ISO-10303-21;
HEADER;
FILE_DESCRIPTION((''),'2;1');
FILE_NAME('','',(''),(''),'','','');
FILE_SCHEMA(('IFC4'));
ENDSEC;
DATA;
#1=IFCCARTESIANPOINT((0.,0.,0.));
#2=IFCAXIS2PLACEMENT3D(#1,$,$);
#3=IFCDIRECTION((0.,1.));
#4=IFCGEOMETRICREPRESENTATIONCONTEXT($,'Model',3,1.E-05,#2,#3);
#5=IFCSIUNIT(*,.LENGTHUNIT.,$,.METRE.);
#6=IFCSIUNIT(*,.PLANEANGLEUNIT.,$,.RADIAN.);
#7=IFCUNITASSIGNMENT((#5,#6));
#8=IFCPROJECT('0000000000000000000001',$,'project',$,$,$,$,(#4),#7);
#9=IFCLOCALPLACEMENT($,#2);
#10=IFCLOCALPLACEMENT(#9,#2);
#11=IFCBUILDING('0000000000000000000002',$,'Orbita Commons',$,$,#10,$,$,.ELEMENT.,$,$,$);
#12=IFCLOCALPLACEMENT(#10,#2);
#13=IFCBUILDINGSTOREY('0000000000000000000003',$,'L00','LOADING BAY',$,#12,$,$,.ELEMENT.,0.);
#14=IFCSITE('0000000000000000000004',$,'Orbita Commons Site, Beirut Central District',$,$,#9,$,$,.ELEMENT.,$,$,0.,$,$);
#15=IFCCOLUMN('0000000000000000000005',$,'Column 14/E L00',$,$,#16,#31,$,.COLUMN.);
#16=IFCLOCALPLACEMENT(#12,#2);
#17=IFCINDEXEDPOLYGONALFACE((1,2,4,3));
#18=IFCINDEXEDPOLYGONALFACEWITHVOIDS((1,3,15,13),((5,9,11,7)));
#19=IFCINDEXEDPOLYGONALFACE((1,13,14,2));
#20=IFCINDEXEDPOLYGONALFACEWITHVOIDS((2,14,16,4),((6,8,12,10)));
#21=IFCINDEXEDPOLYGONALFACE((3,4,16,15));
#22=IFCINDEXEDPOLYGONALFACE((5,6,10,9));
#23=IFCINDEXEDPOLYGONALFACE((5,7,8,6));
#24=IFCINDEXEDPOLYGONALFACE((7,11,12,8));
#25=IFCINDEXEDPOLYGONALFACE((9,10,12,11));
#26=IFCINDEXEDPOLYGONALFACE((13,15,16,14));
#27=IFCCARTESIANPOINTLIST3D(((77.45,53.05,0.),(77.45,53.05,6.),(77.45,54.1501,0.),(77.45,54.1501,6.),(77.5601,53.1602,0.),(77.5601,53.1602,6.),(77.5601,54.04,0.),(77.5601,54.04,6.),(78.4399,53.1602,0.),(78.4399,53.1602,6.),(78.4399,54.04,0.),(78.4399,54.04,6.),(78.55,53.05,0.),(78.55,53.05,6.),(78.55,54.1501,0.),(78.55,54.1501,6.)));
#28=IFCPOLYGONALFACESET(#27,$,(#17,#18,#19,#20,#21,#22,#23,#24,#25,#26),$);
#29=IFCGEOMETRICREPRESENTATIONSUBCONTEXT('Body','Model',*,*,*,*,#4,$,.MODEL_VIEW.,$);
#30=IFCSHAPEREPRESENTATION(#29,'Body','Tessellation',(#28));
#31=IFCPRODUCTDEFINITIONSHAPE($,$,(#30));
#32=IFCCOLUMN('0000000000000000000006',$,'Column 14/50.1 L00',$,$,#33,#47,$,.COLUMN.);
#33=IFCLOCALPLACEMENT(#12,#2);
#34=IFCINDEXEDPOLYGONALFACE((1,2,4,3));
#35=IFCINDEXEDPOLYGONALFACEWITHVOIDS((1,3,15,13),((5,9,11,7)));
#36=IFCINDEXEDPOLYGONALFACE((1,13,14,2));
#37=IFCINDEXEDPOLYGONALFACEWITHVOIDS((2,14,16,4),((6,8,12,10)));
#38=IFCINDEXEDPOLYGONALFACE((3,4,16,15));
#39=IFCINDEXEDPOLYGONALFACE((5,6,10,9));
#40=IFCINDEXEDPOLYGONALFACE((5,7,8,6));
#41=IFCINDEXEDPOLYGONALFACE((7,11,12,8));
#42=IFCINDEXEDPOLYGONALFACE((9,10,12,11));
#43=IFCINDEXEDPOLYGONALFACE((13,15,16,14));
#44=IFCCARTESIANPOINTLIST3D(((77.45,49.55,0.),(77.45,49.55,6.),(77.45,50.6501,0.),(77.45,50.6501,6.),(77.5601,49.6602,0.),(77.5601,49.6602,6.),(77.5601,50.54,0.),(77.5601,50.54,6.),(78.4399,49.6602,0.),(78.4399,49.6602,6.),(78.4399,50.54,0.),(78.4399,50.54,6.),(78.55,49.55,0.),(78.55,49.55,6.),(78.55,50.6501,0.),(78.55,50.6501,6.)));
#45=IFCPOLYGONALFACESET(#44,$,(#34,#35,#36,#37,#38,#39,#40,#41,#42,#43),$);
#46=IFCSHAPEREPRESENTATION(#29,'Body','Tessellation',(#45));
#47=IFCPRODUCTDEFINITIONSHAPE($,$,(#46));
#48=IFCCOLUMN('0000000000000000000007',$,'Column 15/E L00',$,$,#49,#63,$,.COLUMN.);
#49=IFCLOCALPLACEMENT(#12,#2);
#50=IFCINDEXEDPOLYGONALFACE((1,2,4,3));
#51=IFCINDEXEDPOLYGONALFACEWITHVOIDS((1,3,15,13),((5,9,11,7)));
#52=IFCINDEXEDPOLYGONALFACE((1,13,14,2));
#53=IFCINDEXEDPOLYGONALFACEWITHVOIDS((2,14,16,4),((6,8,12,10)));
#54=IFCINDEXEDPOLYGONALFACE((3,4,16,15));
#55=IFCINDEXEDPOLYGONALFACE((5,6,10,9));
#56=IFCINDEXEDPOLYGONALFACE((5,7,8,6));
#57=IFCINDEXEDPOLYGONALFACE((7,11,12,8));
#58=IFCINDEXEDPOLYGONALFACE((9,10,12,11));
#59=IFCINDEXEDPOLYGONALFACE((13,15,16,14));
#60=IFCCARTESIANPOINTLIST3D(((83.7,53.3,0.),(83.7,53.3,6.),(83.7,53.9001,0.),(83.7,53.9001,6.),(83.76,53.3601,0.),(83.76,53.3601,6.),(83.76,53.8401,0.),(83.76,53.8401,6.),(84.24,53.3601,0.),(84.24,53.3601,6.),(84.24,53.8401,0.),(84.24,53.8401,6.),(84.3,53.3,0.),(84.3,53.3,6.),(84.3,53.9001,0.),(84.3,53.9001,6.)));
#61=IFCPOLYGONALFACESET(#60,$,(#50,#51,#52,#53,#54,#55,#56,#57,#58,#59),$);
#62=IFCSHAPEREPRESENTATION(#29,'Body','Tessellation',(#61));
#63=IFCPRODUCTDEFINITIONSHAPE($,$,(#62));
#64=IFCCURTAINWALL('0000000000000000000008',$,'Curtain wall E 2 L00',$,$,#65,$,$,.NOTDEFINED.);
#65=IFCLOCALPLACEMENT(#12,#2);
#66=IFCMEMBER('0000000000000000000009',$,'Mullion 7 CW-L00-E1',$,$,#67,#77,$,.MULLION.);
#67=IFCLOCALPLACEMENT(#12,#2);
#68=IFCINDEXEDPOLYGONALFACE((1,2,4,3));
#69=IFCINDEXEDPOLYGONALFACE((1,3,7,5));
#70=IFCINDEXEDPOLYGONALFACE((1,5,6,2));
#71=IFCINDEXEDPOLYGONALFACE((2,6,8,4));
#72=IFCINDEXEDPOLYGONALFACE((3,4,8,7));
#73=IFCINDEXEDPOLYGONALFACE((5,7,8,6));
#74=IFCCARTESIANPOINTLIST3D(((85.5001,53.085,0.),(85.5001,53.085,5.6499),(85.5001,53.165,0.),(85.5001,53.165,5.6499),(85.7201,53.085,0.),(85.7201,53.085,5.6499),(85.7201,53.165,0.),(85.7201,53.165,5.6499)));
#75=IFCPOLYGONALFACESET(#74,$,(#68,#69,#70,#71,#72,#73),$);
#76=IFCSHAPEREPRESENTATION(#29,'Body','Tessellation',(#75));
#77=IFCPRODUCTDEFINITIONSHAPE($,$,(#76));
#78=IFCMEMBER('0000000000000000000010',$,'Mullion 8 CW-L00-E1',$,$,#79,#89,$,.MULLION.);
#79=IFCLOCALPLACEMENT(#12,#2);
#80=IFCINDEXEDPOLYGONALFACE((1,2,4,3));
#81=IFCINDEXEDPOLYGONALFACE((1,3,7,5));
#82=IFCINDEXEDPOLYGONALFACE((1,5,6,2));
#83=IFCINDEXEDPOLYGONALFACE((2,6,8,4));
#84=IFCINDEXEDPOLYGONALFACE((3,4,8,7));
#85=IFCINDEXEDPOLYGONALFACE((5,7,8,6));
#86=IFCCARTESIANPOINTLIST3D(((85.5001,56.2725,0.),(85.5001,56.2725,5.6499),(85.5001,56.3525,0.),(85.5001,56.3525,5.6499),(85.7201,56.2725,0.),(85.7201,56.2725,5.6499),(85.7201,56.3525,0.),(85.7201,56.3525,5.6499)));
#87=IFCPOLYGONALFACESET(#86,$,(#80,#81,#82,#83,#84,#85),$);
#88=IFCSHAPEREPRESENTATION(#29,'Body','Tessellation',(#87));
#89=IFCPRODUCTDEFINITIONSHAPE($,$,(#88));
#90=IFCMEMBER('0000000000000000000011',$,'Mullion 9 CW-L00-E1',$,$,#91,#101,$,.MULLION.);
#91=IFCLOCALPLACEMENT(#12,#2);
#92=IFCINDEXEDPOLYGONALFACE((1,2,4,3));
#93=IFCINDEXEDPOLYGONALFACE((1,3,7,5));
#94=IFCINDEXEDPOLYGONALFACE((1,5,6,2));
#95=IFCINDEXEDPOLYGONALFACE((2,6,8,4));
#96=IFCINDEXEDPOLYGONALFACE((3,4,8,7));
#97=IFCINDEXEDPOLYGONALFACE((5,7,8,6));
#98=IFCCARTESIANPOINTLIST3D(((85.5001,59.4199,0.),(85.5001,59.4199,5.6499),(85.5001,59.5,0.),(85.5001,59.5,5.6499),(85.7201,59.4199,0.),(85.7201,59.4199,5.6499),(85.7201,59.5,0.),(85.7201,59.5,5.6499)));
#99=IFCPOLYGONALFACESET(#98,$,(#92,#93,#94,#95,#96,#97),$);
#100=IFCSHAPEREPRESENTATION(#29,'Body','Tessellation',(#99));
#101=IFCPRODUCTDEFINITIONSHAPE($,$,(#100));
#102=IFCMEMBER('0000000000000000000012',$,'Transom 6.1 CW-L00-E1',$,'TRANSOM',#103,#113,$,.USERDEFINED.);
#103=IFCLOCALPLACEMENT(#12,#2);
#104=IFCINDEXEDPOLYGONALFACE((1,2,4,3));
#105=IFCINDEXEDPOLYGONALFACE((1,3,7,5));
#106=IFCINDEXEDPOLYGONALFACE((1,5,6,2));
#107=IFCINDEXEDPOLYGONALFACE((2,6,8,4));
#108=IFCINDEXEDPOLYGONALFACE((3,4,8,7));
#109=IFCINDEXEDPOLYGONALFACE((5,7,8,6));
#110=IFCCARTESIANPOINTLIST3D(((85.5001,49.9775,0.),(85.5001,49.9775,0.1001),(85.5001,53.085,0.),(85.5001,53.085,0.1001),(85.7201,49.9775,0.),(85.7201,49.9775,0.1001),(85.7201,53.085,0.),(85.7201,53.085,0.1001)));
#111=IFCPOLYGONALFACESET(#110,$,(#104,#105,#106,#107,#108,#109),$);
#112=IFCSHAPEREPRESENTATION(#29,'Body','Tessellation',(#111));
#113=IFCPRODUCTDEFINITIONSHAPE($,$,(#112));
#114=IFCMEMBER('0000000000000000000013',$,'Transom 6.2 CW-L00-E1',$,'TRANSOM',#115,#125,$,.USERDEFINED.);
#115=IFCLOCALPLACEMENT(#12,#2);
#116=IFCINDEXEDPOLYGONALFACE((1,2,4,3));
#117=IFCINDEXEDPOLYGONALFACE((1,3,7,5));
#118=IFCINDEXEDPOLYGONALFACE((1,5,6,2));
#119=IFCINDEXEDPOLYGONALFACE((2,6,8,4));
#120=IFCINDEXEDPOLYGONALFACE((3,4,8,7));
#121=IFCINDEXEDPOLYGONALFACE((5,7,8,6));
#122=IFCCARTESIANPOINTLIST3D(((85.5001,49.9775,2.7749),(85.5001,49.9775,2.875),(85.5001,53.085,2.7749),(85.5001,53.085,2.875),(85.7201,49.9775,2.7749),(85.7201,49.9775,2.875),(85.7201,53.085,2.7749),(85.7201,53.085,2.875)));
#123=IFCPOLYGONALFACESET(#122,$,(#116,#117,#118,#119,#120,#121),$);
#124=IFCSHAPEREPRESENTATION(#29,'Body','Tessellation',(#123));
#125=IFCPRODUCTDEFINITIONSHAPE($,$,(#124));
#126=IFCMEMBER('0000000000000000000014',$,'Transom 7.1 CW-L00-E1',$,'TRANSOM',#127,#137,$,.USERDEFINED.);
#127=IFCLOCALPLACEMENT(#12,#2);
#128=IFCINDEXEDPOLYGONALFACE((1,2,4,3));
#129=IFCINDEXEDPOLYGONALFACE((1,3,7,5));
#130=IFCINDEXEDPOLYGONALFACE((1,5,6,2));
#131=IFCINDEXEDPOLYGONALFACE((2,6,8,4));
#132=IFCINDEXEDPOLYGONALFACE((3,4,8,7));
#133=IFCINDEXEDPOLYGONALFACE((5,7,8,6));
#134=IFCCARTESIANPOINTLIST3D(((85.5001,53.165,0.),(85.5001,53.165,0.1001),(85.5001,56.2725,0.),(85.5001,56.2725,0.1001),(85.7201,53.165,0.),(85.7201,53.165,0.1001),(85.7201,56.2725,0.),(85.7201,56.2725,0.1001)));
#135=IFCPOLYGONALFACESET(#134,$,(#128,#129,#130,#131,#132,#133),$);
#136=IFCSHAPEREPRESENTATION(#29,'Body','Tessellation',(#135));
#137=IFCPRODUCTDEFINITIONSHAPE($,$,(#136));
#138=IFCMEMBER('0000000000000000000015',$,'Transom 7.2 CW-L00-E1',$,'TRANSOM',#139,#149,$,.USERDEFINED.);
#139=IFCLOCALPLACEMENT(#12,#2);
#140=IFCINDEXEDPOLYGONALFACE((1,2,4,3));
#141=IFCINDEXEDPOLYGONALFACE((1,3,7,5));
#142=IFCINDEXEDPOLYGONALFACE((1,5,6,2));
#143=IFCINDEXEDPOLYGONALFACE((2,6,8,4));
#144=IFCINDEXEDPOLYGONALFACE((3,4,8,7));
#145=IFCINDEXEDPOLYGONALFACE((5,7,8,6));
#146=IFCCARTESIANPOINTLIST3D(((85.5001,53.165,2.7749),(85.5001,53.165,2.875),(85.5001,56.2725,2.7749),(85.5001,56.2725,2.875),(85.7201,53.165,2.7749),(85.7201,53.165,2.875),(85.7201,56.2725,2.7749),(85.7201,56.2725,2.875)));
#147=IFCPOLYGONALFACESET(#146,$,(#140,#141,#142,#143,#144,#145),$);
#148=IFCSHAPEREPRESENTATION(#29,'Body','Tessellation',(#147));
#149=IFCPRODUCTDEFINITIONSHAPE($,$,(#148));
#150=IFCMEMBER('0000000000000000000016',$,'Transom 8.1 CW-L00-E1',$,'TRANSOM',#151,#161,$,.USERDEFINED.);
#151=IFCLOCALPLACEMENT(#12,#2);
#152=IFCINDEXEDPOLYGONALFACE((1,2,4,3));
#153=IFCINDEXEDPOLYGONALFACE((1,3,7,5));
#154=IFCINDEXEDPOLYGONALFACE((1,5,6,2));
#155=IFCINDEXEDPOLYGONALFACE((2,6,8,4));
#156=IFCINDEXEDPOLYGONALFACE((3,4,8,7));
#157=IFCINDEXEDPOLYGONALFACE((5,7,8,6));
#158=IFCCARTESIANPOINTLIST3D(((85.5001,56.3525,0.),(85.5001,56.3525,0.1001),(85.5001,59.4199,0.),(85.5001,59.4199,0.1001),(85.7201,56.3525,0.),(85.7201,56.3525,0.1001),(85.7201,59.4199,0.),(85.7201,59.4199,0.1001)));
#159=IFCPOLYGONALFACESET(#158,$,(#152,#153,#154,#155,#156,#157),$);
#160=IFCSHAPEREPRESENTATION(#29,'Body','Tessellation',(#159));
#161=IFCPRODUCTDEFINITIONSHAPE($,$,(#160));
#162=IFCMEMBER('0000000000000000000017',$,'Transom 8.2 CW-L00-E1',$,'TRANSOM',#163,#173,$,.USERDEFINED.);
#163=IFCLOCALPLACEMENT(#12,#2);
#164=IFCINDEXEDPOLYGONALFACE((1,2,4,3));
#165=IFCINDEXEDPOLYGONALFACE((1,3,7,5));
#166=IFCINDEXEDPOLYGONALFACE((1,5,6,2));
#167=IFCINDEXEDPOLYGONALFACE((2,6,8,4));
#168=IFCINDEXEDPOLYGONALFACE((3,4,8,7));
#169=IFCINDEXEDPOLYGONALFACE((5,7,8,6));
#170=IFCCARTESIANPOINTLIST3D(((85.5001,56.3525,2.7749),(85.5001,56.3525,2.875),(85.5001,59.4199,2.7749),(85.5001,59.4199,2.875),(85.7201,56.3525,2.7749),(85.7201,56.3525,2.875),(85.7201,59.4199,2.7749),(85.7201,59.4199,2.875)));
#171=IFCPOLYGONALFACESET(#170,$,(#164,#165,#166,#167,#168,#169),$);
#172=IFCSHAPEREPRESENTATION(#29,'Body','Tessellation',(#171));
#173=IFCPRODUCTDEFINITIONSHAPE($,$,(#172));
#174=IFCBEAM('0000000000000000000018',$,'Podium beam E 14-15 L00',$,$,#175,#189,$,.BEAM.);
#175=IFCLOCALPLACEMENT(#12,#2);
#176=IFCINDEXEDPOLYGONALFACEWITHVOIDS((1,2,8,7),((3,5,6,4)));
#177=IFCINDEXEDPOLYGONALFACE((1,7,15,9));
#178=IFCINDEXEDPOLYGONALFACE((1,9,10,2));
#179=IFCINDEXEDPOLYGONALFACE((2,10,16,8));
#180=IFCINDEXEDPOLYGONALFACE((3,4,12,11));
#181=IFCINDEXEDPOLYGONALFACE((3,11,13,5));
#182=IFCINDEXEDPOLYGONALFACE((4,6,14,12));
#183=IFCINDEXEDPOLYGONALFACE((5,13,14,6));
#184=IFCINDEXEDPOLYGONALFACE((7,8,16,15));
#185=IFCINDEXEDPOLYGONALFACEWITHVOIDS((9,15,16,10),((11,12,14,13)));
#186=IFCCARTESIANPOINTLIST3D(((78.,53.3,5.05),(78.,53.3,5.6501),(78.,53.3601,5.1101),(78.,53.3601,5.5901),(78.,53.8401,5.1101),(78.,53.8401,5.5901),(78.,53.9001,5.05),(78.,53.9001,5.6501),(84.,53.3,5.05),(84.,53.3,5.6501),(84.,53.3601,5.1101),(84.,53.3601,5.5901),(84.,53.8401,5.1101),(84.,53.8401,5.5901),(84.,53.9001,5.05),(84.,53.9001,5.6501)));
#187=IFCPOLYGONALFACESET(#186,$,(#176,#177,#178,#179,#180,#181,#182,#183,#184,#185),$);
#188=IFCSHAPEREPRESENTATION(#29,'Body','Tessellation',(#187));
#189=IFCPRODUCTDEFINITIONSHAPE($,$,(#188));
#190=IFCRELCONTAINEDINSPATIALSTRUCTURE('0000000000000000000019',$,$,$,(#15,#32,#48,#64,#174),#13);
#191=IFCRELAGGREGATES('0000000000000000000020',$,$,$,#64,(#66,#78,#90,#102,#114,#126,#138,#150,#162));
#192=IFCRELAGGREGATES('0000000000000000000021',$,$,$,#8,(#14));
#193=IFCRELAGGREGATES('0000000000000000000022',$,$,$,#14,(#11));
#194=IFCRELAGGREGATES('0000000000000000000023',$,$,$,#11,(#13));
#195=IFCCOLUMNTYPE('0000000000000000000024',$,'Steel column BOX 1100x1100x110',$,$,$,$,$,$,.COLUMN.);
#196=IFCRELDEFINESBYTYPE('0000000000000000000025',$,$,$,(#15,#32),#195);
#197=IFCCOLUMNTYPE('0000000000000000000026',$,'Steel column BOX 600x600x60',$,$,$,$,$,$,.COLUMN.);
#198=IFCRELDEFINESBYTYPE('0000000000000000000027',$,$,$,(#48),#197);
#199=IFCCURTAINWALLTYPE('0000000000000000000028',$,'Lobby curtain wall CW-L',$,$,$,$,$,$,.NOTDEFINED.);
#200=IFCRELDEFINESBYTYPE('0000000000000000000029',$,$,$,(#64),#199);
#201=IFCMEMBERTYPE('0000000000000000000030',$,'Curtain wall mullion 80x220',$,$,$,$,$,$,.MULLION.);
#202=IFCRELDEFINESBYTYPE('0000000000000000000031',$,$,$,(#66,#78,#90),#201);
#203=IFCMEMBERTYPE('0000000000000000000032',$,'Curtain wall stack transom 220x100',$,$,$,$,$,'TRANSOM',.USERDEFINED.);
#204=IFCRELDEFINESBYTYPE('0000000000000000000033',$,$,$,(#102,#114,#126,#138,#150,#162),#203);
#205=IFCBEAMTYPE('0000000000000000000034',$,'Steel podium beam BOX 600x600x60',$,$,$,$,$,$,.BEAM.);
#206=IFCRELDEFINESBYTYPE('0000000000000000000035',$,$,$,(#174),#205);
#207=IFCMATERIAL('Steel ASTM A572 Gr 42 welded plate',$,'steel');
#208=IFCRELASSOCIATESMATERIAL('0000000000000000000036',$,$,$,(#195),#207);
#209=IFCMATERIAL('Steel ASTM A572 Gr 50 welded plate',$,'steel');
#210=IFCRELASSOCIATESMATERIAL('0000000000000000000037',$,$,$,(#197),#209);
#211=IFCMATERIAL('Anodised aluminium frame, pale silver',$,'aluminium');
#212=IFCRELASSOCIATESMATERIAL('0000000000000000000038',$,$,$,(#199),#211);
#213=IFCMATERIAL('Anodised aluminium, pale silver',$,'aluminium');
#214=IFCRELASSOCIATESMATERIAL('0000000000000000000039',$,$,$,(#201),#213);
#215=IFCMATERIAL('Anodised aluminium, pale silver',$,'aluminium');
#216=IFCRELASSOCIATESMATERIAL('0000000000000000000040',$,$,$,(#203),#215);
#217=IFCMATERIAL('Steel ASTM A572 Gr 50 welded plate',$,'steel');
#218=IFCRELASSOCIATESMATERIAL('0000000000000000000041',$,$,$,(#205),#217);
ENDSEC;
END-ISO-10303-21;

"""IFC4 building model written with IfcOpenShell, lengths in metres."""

from ifc_helpers import new_model, si_unit, direction, frame, origin, origin_2d, place, context, subcontext, project, spatial, rectangle, hollow_rectangle, extrude, material, material_profile, profile_set, type_object, element, aggregate, save


model = new_model("IFC4")

# Units and contexts
model_context = context("Model", 3, precision=1e-05, world=origin(), true_north=direction((0.0, 1.0)))
body_context = subcontext(model_context, "Body", "Model", "MODEL_VIEW")
ifc_project = project(units=[si_unit("LENGTHUNIT", "METRE"), si_unit("PLANEANGLEUNIT", "RADIAN")], contexts=[model_context])

# Site, building, storey
site_placement = place(None, origin())
site = spatial("IfcSite", under=ifc_project, at=site_placement, Name="Orbita Commons Site, Beirut Central District", CompositionType="ELEMENT", RefElevation=0.0)
building_placement = place(site_placement, origin())
building = spatial("IfcBuilding", under=site, at=building_placement, Name="Orbita Commons", CompositionType="ELEMENT")
storey_placement = place(building_placement, origin())
storey = spatial("IfcBuildingStorey", under=building, at=storey_placement, Name="L00", Description="LOADING BAY", CompositionType="ELEMENT", Elevation=0.0)

# Columns
ifc_material_1 = material(Name="Steel ASTM A572 Gr 42 welded plate", Category="steel")
ifc_material_profile_1 = material_profile(ifc_material_1, hollow_rectangle(XDim=1.1001, YDim=1.1001, WallThickness=0.1101, at=origin_2d()), Name="BOX 1100x1100x110")
ifc_profile_set_1 = profile_set([ifc_material_profile_1], Name="Steel ASTM A572 Gr 42 welded plate")
column_type_1 = type_object("IfcColumnType", Name="Steel column BOX 1100x1100x110", PredefinedType="COLUMN", material=ifc_profile_set_1)
for number, where, z_axis, x_axis, name in (
    (1, (78.0, 53.6001, 0.0), (0.0, 0.0, 1.0), (1.0, 0.0, 0.0), "Column 14/E L00"),
    (2, (78.0, 50.1001, 0.0), (0.0, 0.0, 1.0), (1.0, 0.0, 0.0), "Column 14/50.1 L00"),
):
    element("IfcColumn", number, at=place(storey_placement, frame(where, z_axis=z_axis, x_axis=x_axis)), inside=storey, type_object=column_type_1, Name=name, PredefinedType="COLUMN", context=body_context, shape_type="SweptSolid", body=[
        extrude(hollow_rectangle(XDim=1.1001, YDim=1.1001, WallThickness=0.1101, at=origin_2d()), origin(), (0.0, 0.0, 1.0), 6.0),
    ])
ifc_material_2 = material(Name="Steel ASTM A572 Gr 50 welded plate", Category="steel")
ifc_material_profile_2 = material_profile(ifc_material_2, hollow_rectangle(XDim=0.6001, YDim=0.6001, WallThickness=0.0601, at=origin_2d()), Name="BOX 600x600x60")
ifc_profile_set_2 = profile_set([ifc_material_profile_2], Name="Steel ASTM A572 Gr 50 welded plate")
column_type_2 = type_object("IfcColumnType", Name="Steel column BOX 600x600x60", PredefinedType="COLUMN", material=ifc_profile_set_2)
column_placement = place(storey_placement, frame((84.0, 53.6001, 0.0), z_axis=(0.0, 0.0, 1.0), x_axis=(1.0, 0.0, 0.0)))
element("IfcColumn", 3, at=column_placement, inside=storey, type_object=column_type_2, Name="Column 15/E L00", PredefinedType="COLUMN", context=body_context, shape_type="SweptSolid", body=[
    extrude(hollow_rectangle(XDim=0.6001, YDim=0.6001, WallThickness=0.0601, at=origin_2d()), origin(), (0.0, 0.0, 1.0), 6.0),
])

# Curtain wall, members
ifc_material_3 = material(Name="Anodised aluminium frame, pale silver", Category="aluminium")
curtain_wall_type = type_object("IfcCurtainWallType", Name="Lobby curtain wall CW-L", PredefinedType="NOTDEFINED", material=ifc_material_3)
curtain_wall_placement = place(storey_placement, origin())
curtain_wall = element("IfcCurtainWall", 4, at=curtain_wall_placement, inside=storey, type_object=curtain_wall_type, Name="Curtain wall E 2 L00", PredefinedType="NOTDEFINED")
ifc_material_4 = material(Name="Anodised aluminium, pale silver", Category="aluminium")
ifc_material_profile_3 = material_profile(ifc_material_4, rectangle(XDim=0.0801, YDim=0.22, at=origin_2d()), Name="AL 80x220")
ifc_profile_set_3 = profile_set([ifc_material_profile_3], Name="Anodised aluminium, pale silver")
member_type_1 = type_object("IfcMemberType", Name="Curtain wall mullion 80x220", PredefinedType="MULLION", material=ifc_profile_set_3)
member_1_placement = place(storey_placement, frame((85.6101, 53.125, 0.0), z_axis=(0.0, 0.0, 1.0), x_axis=(0.0, 1.0, 0.0)))
member_1 = element("IfcMember", 5, at=member_1_placement, type_object=member_type_1, Name="Mullion 7 CW-L00-E1", PredefinedType="MULLION", context=body_context, shape_type="SweptSolid", body=[
    extrude(rectangle(XDim=0.0801, YDim=0.22, at=origin_2d()), origin(), (0.0, 0.0, 1.0), 5.6499),
])
member_2_placement = place(storey_placement, frame((85.6101, 56.3125, 0.0), z_axis=(0.0, 0.0, 1.0), x_axis=(0.0, 1.0, 0.0)))
member_2 = element("IfcMember", 6, at=member_2_placement, type_object=member_type_1, Name="Mullion 8 CW-L00-E1", PredefinedType="MULLION", context=body_context, shape_type="SweptSolid", body=[
    extrude(rectangle(XDim=0.0801, YDim=0.22, at=origin_2d()), origin(), (0.0, 0.0, 1.0), 5.6499),
])
member_3_placement = place(storey_placement, frame((85.6101, 59.46, 0.0), z_axis=(0.0, 0.0, 1.0), x_axis=(0.0, 1.0, 0.0)))
member_3 = element("IfcMember", 7, at=member_3_placement, type_object=member_type_1, Name="Mullion 9 CW-L00-E1", PredefinedType="MULLION", context=body_context, shape_type="SweptSolid", body=[
    extrude(rectangle(XDim=0.0801, YDim=0.22, at=origin_2d()), origin(), (0.0, 0.0, 1.0), 5.6499),
])
ifc_material_5 = material(Name="Anodised aluminium, pale silver", Category="aluminium")
ifc_material_profile_4 = material_profile(ifc_material_5, rectangle(XDim=0.22, YDim=0.1001, at=origin_2d()), Name="AL 220x100")
ifc_profile_set_4 = profile_set([ifc_material_profile_4], Name="Anodised aluminium, pale silver")
member_type_2 = type_object("IfcMemberType", Name="Curtain wall stack transom 220x100", ElementType="TRANSOM", PredefinedType="USERDEFINED", material=ifc_profile_set_4)
member_4_placement = place(storey_placement, frame((85.6101, 49.9775, 0.05), z_axis=(0.0, 1.0, 0.0), x_axis=(-1.0, 0.0, 0.0)))
member_4 = element("IfcMember", 8, at=member_4_placement, type_object=member_type_2, Name="Transom 6.1 CW-L00-E1", ObjectType="TRANSOM", PredefinedType="USERDEFINED", context=body_context, shape_type="SweptSolid", body=[
    extrude(rectangle(XDim=0.22, YDim=0.1001, at=origin_2d()), origin(), (0.0, 0.0, 1.0), 3.1074),
])
member_5_placement = place(storey_placement, frame((85.6101, 49.9775, 2.825), z_axis=(0.0, 1.0, 0.0), x_axis=(-1.0, 0.0, 0.0)))
member_5 = element("IfcMember", 9, at=member_5_placement, type_object=member_type_2, Name="Transom 6.2 CW-L00-E1", ObjectType="TRANSOM", PredefinedType="USERDEFINED", context=body_context, shape_type="SweptSolid", body=[
    extrude(rectangle(XDim=0.22, YDim=0.1001, at=origin_2d()), origin(), (0.0, 0.0, 1.0), 3.1074),
])
member_6_placement = place(storey_placement, frame((85.6101, 53.165, 0.05), z_axis=(0.0, 1.0, 0.0), x_axis=(-1.0, 0.0, 0.0)))
member_6 = element("IfcMember", 10, at=member_6_placement, type_object=member_type_2, Name="Transom 7.1 CW-L00-E1", ObjectType="TRANSOM", PredefinedType="USERDEFINED", context=body_context, shape_type="SweptSolid", body=[
    extrude(rectangle(XDim=0.22, YDim=0.1001, at=origin_2d()), origin(), (0.0, 0.0, 1.0), 3.1074),
])
member_7_placement = place(storey_placement, frame((85.6101, 53.165, 2.825), z_axis=(0.0, 1.0, 0.0), x_axis=(-1.0, 0.0, 0.0)))
member_7 = element("IfcMember", 11, at=member_7_placement, type_object=member_type_2, Name="Transom 7.2 CW-L00-E1", ObjectType="TRANSOM", PredefinedType="USERDEFINED", context=body_context, shape_type="SweptSolid", body=[
    extrude(rectangle(XDim=0.22, YDim=0.1001, at=origin_2d()), origin(), (0.0, 0.0, 1.0), 3.1074),
])
member_8_placement = place(storey_placement, frame((85.6101, 56.3525, 0.05), z_axis=(0.0, 1.0, 0.0), x_axis=(-1.0, 0.0, 0.0)))
member_8 = element("IfcMember", 12, at=member_8_placement, type_object=member_type_2, Name="Transom 8.1 CW-L00-E1", ObjectType="TRANSOM", PredefinedType="USERDEFINED", context=body_context, shape_type="SweptSolid", body=[
    extrude(rectangle(XDim=0.22, YDim=0.1001, at=origin_2d()), origin(), (0.0, 0.0, 1.0), 3.0674),
])
member_9_placement = place(storey_placement, frame((85.6101, 56.3525, 2.825), z_axis=(0.0, 1.0, 0.0), x_axis=(-1.0, 0.0, 0.0)))
member_9 = element("IfcMember", 13, at=member_9_placement, type_object=member_type_2, Name="Transom 8.2 CW-L00-E1", ObjectType="TRANSOM", PredefinedType="USERDEFINED", context=body_context, shape_type="SweptSolid", body=[
    extrude(rectangle(XDim=0.22, YDim=0.1001, at=origin_2d()), origin(), (0.0, 0.0, 1.0), 3.0674),
])

# Beam
ifc_material_6 = material(Name="Steel ASTM A572 Gr 50 welded plate", Category="steel")
ifc_material_profile_5 = material_profile(ifc_material_6, hollow_rectangle(XDim=0.6001, YDim=0.6001, WallThickness=0.0601, at=origin_2d()), Name="BOX 600x600x60")
ifc_profile_set_5 = profile_set([ifc_material_profile_5], Name="Steel ASTM A572 Gr 50 welded plate")
beam_type = type_object("IfcBeamType", Name="Steel podium beam BOX 600x600x60", PredefinedType="BEAM", material=ifc_profile_set_5)
beam_placement = place(storey_placement, frame((78.0, 53.6001, 5.3501), z_axis=(1.0, 0.0, 0.0), x_axis=(0.0, 1.0, 0.0)))
element("IfcBeam", 14, at=beam_placement, inside=storey, type_object=beam_type, Name="Podium beam E 14-15 L00", PredefinedType="BEAM", context=body_context, shape_type="SweptSolid", body=[
    extrude(hollow_rectangle(XDim=0.6001, YDim=0.6001, WallThickness=0.0601, at=origin_2d()), origin(), (0.0, 0.0, 1.0), 6.0),
])

aggregate(curtain_wall, [member_1, member_2, member_3, member_4, member_5, member_6, member_7, member_8, member_9])

save(model, "model.ifc")
